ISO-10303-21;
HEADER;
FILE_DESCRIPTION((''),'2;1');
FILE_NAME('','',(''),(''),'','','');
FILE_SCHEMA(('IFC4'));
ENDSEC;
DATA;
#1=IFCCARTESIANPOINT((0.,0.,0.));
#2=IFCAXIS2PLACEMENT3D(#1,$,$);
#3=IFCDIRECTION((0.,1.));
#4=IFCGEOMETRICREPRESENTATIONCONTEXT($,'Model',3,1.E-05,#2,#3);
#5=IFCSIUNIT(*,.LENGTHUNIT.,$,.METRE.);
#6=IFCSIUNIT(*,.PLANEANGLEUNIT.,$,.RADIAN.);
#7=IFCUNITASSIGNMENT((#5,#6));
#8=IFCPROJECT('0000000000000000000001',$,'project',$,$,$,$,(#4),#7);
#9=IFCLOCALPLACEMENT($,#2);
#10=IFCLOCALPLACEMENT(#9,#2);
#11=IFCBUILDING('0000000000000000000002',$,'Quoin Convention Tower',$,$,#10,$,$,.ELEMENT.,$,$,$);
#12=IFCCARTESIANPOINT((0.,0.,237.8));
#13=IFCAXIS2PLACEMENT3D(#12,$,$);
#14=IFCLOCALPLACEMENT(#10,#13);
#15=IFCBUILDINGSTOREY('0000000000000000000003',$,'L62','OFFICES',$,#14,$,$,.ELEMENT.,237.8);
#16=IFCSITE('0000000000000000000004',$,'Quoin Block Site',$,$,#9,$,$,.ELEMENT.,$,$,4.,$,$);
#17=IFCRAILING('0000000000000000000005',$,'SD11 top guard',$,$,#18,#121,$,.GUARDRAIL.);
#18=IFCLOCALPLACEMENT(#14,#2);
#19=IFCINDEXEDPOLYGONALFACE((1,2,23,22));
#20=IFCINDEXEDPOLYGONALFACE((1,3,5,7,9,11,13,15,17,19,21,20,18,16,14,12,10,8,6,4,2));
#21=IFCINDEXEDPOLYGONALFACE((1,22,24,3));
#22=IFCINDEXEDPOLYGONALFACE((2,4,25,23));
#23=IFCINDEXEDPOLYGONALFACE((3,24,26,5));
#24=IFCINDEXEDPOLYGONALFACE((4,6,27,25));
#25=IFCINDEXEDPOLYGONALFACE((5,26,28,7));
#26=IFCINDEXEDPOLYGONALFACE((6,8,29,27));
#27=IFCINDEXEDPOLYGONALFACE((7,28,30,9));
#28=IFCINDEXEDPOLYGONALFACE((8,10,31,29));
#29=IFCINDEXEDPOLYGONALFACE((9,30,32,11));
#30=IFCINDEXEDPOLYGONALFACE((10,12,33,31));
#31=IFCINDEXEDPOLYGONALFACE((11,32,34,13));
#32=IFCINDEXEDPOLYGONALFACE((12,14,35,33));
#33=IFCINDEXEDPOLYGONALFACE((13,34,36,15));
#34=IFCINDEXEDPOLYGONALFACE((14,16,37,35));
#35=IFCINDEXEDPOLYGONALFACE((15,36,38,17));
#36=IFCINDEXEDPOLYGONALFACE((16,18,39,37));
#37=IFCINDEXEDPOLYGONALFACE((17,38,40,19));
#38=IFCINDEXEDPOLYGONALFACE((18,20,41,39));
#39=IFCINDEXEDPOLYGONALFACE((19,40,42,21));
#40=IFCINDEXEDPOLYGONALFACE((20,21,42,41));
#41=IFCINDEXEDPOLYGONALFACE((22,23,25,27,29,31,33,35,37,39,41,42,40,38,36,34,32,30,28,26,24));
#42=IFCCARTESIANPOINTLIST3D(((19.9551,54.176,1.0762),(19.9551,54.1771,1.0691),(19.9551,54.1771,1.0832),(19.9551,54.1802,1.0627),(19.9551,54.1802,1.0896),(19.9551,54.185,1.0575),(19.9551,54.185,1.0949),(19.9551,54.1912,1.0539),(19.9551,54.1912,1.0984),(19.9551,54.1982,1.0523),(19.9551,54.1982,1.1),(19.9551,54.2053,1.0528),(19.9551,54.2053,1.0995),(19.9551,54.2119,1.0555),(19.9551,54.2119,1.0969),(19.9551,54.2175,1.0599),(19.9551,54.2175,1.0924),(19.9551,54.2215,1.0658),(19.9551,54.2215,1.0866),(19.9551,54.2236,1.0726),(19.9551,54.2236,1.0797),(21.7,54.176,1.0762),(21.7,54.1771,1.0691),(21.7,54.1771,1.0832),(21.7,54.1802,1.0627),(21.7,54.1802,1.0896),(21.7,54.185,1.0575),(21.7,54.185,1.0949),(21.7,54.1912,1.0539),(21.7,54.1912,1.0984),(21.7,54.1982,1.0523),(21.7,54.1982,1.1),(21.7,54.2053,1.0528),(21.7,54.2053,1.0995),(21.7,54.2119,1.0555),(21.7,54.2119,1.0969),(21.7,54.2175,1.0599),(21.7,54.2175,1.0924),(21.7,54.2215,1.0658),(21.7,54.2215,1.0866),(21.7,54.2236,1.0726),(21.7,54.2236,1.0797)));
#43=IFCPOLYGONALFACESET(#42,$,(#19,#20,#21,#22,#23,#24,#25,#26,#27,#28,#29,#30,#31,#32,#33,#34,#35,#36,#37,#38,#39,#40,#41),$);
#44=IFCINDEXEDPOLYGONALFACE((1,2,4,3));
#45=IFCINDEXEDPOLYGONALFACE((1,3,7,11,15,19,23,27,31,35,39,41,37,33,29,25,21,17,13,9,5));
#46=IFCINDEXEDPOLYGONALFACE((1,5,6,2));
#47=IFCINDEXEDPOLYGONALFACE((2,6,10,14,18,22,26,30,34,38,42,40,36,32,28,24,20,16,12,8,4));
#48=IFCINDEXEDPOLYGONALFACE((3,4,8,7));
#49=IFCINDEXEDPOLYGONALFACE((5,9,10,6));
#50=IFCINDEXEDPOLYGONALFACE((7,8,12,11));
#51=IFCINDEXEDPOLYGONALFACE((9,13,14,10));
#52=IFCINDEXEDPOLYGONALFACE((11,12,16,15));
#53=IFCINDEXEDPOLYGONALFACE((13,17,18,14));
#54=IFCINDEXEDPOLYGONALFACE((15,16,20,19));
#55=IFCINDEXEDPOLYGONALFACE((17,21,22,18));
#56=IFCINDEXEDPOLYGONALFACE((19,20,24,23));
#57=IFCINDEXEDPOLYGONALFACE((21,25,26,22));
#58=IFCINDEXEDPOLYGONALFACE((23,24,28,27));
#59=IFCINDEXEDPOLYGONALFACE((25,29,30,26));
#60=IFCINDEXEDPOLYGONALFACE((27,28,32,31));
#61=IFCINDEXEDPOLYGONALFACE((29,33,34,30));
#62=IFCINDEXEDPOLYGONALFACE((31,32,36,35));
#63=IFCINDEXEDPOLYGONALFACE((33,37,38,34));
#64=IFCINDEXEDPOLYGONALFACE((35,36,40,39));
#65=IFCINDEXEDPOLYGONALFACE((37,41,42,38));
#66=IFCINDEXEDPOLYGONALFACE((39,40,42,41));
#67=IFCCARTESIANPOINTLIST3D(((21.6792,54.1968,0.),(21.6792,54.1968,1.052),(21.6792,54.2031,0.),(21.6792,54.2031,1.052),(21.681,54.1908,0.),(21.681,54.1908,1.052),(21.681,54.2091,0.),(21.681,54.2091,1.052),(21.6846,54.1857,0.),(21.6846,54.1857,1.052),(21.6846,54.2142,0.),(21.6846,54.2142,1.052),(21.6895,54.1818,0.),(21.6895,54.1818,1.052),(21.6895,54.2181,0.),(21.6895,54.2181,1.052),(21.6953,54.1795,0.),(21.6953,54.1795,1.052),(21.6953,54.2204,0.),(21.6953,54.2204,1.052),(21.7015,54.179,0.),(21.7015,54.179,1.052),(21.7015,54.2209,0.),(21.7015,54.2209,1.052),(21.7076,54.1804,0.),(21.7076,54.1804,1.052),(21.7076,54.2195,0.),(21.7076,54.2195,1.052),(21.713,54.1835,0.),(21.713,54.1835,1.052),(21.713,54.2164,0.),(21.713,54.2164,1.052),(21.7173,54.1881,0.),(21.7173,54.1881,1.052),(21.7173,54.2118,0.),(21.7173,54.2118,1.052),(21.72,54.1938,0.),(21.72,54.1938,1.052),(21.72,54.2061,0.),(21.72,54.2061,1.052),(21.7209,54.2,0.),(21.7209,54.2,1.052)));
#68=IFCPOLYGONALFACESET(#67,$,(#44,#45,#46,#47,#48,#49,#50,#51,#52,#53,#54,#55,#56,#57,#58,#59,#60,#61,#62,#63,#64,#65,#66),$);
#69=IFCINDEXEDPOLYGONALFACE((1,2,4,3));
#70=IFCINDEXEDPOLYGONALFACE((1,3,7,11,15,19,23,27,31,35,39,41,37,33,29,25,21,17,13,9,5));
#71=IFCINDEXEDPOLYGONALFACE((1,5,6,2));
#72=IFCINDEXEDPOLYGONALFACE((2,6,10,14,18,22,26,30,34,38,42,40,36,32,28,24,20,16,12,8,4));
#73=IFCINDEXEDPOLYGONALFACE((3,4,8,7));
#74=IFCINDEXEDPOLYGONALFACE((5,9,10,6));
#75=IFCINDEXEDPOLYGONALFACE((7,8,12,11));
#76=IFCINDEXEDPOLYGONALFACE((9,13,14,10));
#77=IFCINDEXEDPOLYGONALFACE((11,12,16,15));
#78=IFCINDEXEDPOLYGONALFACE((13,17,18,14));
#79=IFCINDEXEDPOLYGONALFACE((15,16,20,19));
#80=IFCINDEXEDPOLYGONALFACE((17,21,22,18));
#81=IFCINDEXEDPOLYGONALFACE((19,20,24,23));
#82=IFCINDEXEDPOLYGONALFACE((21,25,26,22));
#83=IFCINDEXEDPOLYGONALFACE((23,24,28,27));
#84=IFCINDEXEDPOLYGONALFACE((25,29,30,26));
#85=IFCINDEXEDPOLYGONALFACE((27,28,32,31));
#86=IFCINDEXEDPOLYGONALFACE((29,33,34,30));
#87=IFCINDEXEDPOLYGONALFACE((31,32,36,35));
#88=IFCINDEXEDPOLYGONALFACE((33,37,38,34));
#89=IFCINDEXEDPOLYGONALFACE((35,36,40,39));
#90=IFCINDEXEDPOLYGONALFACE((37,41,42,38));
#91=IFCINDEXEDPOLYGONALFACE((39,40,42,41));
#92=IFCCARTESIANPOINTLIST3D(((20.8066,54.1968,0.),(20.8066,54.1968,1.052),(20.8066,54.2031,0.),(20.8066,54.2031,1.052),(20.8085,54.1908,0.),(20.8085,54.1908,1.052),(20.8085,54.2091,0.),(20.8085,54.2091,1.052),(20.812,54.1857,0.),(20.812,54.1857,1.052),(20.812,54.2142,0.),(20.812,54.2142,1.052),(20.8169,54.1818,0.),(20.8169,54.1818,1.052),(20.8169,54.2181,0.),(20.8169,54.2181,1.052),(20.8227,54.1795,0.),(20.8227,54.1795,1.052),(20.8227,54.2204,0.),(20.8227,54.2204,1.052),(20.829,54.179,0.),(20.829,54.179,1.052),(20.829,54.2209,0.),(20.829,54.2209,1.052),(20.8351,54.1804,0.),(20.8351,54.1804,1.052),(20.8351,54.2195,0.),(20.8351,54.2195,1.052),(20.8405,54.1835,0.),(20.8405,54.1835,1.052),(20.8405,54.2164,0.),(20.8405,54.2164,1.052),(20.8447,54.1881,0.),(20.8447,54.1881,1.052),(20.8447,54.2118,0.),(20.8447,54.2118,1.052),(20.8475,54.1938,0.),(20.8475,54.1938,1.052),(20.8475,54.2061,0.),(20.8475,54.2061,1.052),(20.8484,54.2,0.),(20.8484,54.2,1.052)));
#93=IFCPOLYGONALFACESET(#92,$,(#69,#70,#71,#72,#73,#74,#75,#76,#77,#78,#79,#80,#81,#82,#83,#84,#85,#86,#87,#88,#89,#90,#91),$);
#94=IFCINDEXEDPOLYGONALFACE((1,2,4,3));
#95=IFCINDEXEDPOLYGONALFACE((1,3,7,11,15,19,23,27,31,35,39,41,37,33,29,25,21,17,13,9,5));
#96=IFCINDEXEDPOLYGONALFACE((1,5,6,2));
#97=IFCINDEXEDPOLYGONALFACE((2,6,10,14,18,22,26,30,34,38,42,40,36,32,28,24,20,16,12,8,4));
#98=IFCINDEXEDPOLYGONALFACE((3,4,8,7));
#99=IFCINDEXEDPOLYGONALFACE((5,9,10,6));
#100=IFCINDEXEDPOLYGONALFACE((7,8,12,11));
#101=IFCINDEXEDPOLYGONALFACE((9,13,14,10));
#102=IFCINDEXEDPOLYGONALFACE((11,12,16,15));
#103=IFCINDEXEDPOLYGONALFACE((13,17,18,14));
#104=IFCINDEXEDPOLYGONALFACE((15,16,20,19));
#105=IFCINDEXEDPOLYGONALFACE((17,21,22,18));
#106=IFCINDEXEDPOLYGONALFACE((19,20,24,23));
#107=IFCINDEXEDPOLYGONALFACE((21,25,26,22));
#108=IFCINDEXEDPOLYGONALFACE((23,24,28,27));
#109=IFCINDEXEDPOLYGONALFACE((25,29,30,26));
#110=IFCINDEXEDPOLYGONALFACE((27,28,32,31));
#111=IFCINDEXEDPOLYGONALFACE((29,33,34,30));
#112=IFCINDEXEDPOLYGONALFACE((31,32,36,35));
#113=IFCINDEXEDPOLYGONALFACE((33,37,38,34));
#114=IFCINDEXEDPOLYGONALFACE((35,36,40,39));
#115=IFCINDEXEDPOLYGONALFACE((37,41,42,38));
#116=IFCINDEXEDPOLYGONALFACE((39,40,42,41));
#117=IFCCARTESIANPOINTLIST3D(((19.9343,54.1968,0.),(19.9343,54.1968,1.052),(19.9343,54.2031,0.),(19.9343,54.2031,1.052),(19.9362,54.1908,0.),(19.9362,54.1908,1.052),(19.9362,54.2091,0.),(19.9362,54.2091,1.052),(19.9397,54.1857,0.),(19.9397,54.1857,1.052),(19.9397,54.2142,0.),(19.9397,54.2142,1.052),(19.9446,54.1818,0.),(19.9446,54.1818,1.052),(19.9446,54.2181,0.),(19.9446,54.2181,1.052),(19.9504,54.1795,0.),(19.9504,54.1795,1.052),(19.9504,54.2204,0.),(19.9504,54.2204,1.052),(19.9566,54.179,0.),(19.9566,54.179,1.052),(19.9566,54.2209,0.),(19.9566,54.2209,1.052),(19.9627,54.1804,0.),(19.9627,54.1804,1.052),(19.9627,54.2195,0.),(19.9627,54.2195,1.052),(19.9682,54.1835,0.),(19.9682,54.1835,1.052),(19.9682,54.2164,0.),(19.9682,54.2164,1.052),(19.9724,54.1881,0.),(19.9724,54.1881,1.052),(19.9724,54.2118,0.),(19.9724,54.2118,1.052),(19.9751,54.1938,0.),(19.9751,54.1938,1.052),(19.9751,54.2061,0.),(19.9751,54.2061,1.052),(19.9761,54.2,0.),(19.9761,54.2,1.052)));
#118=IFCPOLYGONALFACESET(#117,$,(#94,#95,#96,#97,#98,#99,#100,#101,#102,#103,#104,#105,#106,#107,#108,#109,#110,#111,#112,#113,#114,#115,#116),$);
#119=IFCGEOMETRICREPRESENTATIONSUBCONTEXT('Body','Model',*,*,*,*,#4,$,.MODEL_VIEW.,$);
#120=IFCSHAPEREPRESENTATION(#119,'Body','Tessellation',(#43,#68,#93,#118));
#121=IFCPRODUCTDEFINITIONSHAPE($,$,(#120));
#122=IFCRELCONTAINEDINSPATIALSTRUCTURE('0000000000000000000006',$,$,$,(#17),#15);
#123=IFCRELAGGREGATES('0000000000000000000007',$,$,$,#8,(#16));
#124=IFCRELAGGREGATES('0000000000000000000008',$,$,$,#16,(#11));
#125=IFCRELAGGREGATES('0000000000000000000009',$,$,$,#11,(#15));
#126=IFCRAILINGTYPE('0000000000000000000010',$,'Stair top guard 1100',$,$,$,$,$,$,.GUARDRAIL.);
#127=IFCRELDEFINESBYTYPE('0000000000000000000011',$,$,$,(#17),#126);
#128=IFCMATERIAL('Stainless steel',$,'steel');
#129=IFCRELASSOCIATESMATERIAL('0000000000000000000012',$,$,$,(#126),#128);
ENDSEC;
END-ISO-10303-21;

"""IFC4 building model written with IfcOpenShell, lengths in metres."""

from ifc_helpers import new_model, si_unit, direction, frame, origin, origin_2d, place, context, subcontext, project, spatial, circle, extrude, material, type_object, element, save


model = new_model("IFC4")

# Units and contexts
model_context = context("Model", 3, precision=1e-05, world=origin(), true_north=direction((0.0, 1.0)))
body_context = subcontext(model_context, "Body", "Model", "MODEL_VIEW")
ifc_project = project(units=[si_unit("LENGTHUNIT", "METRE"), si_unit("PLANEANGLEUNIT", "RADIAN")], contexts=[model_context])

# Site, building, storey
site_placement = place(None, origin())
site = spatial("IfcSite", under=ifc_project, at=site_placement, Name="Quoin Block Site", CompositionType="ELEMENT", RefElevation=4.0)
building_placement = place(site_placement, origin())
building = spatial("IfcBuilding", under=site, at=building_placement, Name="Quoin Convention Tower", CompositionType="ELEMENT")
storey_placement = place(building_placement, frame((0.0, 0.0, 237.8)))
storey = spatial("IfcBuildingStorey", under=building, at=storey_placement, Name="L62", Description="OFFICES", CompositionType="ELEMENT", Elevation=237.8)

# Railing
ifc_material_1 = material(Name="Stainless steel", Category="steel")
railing_type_1 = type_object("IfcRailingType", Name="Stair top guard 1100", PredefinedType="GUARDRAIL", material=ifc_material_1)
railing_1_placement = place(storey_placement, frame((21.7, 54.2, 0.0)))
element("IfcRailing", 1, at=railing_1_placement, inside=storey, type_object=railing_type_1, Name="SD11 top guard", PredefinedType="GUARDRAIL", context=body_context, shape_type="SweptSolid", body=[
    extrude(circle(Radius=0.0239, at=origin_2d()), frame((0.0, 0.0, 1.0762), z_axis=(-1.0, 0.0, 0.0), x_axis=(0.0, -1.0, 0.0)), (0.0, 0.0, 1.0), 1.7449),
    extrude(circle(Radius=0.021, at=origin_2d()), origin(), (0.0, 0.0, 1.0), 1.052),
    extrude(circle(Radius=0.021, at=origin_2d()), frame((-0.8726, 0.0, 0.0)), (0.0, 0.0, 1.0), 1.052),
    extrude(circle(Radius=0.021, at=origin_2d()), frame((-1.7449, 0.0, 0.0)), (0.0, 0.0, 1.0), 1.052),
])

save(model, "model.ifc")
